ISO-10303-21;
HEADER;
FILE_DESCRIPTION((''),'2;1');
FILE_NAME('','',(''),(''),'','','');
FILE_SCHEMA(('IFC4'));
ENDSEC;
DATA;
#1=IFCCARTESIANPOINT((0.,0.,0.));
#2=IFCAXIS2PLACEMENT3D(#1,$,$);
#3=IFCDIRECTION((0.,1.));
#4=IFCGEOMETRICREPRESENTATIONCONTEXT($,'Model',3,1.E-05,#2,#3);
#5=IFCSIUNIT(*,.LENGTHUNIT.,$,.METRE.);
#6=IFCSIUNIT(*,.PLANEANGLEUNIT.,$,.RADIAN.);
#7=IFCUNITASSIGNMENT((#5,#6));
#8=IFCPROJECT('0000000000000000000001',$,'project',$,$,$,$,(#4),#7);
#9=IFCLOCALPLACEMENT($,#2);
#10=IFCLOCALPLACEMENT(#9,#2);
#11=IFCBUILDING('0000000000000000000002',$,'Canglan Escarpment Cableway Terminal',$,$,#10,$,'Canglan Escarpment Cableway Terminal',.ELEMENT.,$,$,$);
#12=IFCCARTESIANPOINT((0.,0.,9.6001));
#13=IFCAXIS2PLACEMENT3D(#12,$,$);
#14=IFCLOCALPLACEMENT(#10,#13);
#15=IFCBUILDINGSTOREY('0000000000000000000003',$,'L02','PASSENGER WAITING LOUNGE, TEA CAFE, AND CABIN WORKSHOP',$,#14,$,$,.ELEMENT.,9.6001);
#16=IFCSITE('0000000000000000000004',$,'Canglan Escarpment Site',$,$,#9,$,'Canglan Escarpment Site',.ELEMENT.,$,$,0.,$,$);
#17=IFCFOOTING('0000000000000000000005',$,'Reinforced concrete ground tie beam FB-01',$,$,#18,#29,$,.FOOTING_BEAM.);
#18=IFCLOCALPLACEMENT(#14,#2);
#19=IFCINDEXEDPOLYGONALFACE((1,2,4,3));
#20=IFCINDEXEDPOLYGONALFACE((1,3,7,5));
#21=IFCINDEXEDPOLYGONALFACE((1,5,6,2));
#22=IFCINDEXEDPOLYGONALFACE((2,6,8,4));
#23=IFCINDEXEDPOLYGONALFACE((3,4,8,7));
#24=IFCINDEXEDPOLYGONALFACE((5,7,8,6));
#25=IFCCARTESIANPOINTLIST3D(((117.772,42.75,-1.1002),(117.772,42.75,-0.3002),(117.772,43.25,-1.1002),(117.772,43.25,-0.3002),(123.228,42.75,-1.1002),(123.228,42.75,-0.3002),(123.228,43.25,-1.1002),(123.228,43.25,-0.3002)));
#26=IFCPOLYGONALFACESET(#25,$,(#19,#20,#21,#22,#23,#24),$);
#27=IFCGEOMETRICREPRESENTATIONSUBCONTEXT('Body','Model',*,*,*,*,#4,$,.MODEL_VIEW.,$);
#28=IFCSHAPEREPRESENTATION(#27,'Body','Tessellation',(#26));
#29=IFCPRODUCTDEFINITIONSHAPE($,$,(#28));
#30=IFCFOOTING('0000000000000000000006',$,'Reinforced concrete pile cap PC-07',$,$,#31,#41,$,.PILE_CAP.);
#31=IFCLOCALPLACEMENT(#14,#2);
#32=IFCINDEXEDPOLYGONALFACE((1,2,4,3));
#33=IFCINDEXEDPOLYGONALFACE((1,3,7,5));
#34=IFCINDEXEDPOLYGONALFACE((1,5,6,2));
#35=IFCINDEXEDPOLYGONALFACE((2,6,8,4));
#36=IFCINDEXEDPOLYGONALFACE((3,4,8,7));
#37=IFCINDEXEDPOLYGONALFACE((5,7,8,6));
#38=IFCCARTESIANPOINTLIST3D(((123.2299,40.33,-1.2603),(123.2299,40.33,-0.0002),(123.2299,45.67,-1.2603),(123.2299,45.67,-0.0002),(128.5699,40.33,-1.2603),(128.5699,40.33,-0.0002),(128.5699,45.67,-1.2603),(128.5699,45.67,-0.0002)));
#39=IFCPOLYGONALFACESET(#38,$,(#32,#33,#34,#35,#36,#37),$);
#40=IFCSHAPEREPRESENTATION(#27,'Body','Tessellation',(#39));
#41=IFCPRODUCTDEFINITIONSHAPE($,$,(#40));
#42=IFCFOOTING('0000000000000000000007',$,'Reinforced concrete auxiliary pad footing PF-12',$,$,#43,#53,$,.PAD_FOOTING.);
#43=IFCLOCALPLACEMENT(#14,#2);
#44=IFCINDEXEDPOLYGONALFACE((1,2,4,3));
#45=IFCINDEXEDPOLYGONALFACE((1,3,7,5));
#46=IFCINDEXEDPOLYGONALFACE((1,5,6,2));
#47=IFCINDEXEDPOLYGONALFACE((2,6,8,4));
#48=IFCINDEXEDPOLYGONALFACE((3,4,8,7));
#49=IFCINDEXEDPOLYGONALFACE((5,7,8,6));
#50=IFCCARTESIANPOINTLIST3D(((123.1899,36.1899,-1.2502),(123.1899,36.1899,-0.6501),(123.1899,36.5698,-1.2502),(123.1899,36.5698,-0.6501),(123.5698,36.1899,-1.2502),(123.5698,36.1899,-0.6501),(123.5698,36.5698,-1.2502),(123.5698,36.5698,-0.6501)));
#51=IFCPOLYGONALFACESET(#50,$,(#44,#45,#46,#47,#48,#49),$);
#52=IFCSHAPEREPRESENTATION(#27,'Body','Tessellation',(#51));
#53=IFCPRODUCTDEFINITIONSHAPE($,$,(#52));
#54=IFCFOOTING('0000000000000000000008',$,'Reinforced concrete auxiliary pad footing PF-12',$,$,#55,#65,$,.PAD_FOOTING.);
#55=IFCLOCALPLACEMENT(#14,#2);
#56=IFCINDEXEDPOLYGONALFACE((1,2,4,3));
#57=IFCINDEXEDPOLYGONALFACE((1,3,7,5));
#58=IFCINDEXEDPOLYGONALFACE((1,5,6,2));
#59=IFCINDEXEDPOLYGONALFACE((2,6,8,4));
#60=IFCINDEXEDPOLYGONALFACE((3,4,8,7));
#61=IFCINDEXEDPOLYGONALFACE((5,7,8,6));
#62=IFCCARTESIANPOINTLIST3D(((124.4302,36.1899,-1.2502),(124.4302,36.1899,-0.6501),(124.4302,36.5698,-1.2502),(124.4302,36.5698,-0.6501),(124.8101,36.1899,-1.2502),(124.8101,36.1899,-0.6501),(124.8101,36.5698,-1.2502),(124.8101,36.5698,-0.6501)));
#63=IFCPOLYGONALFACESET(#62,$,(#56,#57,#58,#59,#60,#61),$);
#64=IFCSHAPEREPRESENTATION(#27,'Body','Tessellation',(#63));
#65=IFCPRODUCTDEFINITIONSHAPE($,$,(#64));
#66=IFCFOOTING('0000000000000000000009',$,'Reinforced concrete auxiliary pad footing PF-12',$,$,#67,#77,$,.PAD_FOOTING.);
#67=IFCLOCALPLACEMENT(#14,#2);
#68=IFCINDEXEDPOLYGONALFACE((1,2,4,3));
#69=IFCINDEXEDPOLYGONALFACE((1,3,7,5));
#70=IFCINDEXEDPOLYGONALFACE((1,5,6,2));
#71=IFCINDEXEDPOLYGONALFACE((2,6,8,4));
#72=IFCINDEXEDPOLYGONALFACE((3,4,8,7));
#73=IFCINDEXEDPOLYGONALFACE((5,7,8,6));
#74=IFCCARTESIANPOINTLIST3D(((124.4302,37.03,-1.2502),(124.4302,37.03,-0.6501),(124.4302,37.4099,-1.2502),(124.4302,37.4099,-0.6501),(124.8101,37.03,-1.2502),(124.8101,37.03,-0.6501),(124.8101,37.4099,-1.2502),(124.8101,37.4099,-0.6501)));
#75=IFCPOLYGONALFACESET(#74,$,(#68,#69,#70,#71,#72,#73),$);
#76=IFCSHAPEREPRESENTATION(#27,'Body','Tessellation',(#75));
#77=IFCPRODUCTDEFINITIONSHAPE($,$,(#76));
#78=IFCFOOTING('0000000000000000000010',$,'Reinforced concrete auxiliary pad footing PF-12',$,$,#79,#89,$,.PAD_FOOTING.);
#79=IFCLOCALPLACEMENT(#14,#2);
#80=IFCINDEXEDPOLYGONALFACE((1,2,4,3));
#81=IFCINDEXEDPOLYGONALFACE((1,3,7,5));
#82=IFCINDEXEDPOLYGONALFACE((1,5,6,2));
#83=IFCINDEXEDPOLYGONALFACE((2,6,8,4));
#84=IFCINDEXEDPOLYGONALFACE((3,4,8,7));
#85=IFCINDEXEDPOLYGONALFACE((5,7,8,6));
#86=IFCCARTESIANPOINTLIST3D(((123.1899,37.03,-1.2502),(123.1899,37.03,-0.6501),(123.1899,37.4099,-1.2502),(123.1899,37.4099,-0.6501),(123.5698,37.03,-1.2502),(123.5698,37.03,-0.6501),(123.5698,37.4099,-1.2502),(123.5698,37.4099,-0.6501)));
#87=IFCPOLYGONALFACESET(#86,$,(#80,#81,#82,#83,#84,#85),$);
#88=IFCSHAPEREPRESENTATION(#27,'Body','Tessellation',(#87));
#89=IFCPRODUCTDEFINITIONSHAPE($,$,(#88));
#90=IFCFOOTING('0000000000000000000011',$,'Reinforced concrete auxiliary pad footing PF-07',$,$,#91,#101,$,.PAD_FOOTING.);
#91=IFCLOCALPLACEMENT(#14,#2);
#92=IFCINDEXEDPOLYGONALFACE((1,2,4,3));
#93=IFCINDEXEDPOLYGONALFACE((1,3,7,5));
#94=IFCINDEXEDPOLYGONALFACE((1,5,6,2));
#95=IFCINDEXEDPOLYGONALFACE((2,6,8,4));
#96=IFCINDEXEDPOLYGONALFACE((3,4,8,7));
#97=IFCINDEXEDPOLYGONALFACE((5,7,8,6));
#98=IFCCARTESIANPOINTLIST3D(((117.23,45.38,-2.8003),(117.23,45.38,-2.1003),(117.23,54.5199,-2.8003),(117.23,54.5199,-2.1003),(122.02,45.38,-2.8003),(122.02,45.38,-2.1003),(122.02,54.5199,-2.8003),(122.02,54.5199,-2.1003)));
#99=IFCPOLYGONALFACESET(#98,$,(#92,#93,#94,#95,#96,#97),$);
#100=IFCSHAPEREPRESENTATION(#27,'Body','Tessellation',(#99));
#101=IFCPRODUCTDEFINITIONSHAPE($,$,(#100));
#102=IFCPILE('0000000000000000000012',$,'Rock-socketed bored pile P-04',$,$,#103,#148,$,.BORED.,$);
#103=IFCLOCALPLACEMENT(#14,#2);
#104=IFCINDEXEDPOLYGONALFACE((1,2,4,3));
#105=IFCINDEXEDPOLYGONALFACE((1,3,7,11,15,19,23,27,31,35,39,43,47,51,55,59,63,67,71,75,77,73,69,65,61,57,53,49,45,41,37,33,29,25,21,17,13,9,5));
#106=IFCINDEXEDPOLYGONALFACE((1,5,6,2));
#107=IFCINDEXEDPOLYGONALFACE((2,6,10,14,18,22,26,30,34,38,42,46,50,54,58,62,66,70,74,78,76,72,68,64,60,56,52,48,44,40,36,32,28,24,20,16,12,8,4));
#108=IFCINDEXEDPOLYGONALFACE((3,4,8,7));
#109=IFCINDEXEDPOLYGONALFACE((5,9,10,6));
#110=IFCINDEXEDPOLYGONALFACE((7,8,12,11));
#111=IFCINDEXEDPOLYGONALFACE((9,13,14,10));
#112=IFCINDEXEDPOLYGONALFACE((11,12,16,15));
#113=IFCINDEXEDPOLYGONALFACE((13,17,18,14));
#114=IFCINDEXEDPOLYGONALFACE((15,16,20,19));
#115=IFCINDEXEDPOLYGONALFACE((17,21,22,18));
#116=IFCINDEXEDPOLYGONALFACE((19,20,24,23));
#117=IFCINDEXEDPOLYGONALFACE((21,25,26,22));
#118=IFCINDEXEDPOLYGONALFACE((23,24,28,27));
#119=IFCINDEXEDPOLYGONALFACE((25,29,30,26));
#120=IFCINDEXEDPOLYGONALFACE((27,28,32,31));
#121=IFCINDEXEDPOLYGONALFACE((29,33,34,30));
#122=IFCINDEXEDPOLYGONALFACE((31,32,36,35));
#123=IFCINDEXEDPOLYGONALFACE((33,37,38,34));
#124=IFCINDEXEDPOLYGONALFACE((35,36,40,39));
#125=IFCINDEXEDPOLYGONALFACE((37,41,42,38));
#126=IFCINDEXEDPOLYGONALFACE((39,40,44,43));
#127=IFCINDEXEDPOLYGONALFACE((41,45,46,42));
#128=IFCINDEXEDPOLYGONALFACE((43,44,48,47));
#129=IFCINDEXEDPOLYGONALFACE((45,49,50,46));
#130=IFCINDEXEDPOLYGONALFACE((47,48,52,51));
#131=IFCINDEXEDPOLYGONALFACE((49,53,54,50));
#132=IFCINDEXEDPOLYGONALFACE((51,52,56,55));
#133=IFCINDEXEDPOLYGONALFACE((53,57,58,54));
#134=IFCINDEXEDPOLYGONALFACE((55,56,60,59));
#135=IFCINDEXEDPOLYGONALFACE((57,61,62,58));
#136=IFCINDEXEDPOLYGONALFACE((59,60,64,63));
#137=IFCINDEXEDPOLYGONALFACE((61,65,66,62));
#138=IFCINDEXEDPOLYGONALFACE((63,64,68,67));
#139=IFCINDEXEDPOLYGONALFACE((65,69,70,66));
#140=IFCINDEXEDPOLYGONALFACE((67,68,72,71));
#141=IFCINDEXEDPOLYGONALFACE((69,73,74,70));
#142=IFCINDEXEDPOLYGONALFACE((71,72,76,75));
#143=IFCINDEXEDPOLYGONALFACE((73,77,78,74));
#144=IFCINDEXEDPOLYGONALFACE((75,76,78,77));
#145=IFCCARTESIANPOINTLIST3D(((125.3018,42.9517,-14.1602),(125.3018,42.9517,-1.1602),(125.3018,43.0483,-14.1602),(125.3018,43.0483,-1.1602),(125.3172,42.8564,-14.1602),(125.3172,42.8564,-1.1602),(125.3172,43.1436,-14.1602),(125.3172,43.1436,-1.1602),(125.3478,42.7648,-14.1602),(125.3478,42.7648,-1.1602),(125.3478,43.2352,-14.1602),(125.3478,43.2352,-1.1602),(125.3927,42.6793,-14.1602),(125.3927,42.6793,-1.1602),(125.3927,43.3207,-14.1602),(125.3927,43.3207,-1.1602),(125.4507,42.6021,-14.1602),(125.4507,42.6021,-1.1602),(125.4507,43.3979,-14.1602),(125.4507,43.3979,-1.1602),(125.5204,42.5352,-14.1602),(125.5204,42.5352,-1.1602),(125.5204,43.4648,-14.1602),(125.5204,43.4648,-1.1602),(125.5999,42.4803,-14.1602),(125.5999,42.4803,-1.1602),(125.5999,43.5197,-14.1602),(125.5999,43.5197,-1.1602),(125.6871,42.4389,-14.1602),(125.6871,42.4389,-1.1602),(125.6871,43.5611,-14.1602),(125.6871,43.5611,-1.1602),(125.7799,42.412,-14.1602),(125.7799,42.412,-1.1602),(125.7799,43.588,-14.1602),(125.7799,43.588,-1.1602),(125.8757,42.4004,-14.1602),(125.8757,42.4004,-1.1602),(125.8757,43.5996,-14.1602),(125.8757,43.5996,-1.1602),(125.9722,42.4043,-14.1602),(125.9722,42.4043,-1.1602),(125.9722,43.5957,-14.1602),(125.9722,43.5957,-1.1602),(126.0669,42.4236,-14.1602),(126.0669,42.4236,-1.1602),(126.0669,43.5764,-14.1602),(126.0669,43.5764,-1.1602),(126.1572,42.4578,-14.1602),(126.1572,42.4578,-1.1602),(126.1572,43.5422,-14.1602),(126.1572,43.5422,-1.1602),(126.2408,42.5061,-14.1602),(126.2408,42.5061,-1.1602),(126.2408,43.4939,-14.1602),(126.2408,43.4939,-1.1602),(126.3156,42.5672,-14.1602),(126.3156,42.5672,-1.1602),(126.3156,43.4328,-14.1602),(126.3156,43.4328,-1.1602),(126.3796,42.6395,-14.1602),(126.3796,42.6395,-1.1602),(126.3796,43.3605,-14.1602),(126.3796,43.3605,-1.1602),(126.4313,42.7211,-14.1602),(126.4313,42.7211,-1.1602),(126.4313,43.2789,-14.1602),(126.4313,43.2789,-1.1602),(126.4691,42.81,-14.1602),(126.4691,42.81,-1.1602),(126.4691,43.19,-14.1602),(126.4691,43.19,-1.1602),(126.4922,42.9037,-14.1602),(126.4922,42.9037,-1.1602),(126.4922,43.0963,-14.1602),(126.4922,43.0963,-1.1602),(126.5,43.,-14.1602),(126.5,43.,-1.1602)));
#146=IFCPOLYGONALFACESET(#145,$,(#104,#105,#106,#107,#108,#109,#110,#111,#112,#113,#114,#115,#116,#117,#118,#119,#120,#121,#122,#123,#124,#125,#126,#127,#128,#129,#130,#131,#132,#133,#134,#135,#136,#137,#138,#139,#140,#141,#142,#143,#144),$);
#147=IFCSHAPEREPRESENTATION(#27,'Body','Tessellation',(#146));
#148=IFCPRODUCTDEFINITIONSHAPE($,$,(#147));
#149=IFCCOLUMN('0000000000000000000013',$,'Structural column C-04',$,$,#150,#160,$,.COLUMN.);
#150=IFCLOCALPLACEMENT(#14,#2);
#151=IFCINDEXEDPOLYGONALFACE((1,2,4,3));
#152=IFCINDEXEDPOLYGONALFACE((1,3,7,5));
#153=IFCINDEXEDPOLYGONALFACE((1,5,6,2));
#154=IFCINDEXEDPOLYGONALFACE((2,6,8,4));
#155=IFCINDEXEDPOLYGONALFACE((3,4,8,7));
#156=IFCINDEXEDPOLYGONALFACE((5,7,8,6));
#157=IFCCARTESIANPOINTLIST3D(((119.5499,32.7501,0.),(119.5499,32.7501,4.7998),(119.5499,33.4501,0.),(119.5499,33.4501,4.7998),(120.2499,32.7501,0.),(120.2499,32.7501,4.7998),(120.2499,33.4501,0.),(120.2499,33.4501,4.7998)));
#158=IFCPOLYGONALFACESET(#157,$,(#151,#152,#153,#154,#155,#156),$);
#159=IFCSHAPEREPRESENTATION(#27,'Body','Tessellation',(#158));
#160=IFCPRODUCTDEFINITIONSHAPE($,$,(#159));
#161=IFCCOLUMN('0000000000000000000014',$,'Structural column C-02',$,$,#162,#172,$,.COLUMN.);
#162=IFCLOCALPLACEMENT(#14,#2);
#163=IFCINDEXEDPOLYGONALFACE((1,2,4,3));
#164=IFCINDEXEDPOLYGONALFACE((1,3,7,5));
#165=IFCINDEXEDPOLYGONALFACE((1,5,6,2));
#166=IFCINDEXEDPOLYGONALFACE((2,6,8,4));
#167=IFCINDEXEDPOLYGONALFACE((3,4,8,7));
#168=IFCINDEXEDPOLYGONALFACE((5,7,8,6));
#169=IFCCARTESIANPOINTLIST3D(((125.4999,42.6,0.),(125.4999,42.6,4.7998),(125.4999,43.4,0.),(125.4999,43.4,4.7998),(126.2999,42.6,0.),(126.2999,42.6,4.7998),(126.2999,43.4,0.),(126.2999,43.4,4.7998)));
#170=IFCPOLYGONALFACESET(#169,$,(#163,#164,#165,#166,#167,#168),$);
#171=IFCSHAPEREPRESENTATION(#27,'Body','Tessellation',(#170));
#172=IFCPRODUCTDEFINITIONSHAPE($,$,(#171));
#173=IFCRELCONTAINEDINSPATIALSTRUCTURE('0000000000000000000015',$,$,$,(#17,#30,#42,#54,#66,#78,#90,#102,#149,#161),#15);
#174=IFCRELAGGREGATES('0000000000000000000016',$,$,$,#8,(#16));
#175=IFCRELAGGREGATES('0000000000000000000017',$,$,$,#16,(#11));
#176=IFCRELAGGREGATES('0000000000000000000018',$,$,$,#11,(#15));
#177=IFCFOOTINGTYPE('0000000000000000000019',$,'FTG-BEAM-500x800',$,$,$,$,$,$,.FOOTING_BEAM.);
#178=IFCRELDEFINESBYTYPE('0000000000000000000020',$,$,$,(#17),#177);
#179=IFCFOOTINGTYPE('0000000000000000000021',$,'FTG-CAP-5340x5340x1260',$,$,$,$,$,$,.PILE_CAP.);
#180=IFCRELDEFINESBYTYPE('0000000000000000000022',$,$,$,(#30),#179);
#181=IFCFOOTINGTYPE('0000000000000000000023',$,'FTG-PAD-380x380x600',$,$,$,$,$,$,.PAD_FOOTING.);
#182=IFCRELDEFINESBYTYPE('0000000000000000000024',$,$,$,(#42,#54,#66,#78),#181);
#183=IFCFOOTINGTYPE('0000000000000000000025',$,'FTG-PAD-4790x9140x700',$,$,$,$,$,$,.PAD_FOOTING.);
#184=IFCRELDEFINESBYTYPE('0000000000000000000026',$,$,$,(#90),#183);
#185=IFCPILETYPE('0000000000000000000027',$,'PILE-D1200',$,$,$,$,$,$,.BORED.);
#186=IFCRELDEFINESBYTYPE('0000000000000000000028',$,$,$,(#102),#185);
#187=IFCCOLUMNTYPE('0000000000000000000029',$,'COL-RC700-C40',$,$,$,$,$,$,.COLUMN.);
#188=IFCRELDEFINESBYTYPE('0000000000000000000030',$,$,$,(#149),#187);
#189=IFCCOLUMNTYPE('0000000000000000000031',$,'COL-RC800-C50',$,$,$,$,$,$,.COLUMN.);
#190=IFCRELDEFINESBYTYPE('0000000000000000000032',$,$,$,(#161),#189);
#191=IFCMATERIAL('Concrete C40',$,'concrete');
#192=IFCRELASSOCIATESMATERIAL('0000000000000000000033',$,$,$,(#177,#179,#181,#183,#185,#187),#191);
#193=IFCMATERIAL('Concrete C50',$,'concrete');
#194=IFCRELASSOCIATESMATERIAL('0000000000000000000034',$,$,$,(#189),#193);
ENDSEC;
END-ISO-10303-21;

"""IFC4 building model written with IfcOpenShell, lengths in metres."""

from ifc_helpers import new_model, si_unit, direction, frame, origin, origin_2d, place, context, subcontext, project, spatial, rectangle, circle, extrude, material, material_profile, profile_set, type_object, element, save


model = new_model("IFC4")

# Units and contexts
model_context = context("Model", 3, precision=1e-05, world=origin(), true_north=direction((0.0, 1.0)))
body_context = subcontext(model_context, "Body", "Model", "MODEL_VIEW")
ifc_project = project(units=[si_unit("LENGTHUNIT", "METRE"), si_unit("PLANEANGLEUNIT", "RADIAN")], contexts=[model_context])

# Site, building, storey
site_placement = place(None, origin())
site = spatial("IfcSite", under=ifc_project, at=site_placement, Name="Canglan Escarpment Site", LongName="Canglan Escarpment Site", CompositionType="ELEMENT", RefElevation=0.0)
building_placement = place(site_placement, origin())
building = spatial("IfcBuilding", under=site, at=building_placement, Name="Canglan Escarpment Cableway Terminal", LongName="Canglan Escarpment Cableway Terminal", CompositionType="ELEMENT")
storey_placement = place(building_placement, frame((0.0, 0.0, 9.6001)))
storey = spatial("IfcBuildingStorey", under=building, at=storey_placement, Name="L02", Description="PASSENGER WAITING LOUNGE, TEA CAFE, AND CABIN WORKSHOP", CompositionType="ELEMENT", Elevation=9.6001)

# Footings
ifc_material_1 = material(Name="Concrete C40", Category="concrete")
ifc_material_profile_1 = material_profile(ifc_material_1, rectangle(XDim=0.5, YDim=0.8, at=origin_2d()), Name="FB 500x800")
ifc_profile_set_1 = profile_set([ifc_material_profile_1], Name="Concrete C40")
footing_type_1 = type_object("IfcFootingType", Name="FTG-BEAM-500x800", PredefinedType="FOOTING_BEAM", material=ifc_profile_set_1)
footing_1_placement = place(storey_placement, frame((117.772, 43.0, -0.7002), z_axis=(1.0, 0.0, 0.0), x_axis=(0.0, 1.0, 0.0)))
element("IfcFooting", 1, at=footing_1_placement, inside=storey, type_object=footing_type_1, Name="Reinforced concrete ground tie beam FB-01", PredefinedType="FOOTING_BEAM", context=body_context, shape_type="SweptSolid", body=[
    extrude(rectangle(XDim=0.5, YDim=0.8, at=origin_2d()), origin(), (0.0, 0.0, 1.0), 5.4561),
])
footing_type_2 = type_object("IfcFootingType", Name="FTG-CAP-5340x5340x1260", PredefinedType="PILE_CAP", material=ifc_material_1)
footing_2_placement = place(storey_placement, frame((125.8999, 43.0, -1.2603), z_axis=(0.0, 0.0, 1.0), x_axis=(1.0, 0.0, 0.0)))
element("IfcFooting", 2, at=footing_2_placement, inside=storey, type_object=footing_type_2, Name="Reinforced concrete pile cap PC-07", PredefinedType="PILE_CAP", context=body_context, shape_type="SweptSolid", body=[
    extrude(rectangle(XDim=5.3401, YDim=5.3401, at=origin_2d()), origin(), (0.0, 0.0, 1.0), 1.26),
])
footing_type_3 = type_object("IfcFootingType", Name="FTG-PAD-380x380x600", PredefinedType="PAD_FOOTING", material=ifc_material_1)
for number, where, z_axis, x_axis, name in (
    (3, (123.3799, 36.3799, -1.2502), (0.0, 0.0, 1.0), (1.0, 0.0, 0.0), "Reinforced concrete auxiliary pad footing PF-12"),
    (4, (124.6201, 36.3799, -1.2502), (0.0, 0.0, 1.0), (1.0, 0.0, 0.0), "Reinforced concrete auxiliary pad footing PF-12"),
    (5, (124.6201, 37.22, -1.2502), (0.0, 0.0, 1.0), (1.0, 0.0, 0.0), "Reinforced concrete auxiliary pad footing PF-12"),
    (6, (123.3799, 37.22, -1.2502), (0.0, 0.0, 1.0), (1.0, 0.0, 0.0), "Reinforced concrete auxiliary pad footing PF-12"),
):
    element("IfcFooting", number, at=place(storey_placement, frame(where, z_axis=z_axis, x_axis=x_axis)), inside=storey, type_object=footing_type_3, Name=name, PredefinedType="PAD_FOOTING", context=body_context, shape_type="SweptSolid", body=[
        extrude(rectangle(XDim=0.3799, YDim=0.3799, at=origin_2d()), origin(), (0.0, 0.0, 1.0), 0.6001),
    ])
footing_type_4 = type_object("IfcFootingType", Name="FTG-PAD-4790x9140x700", PredefinedType="PAD_FOOTING", material=ifc_material_1)
footing_3_placement = place(storey_placement, frame((119.625, 49.95, -2.8003), z_axis=(0.0, 0.0, 1.0), x_axis=(1.0, 0.0, 0.0)))
element("IfcFooting", 7, at=footing_3_placement, inside=storey, type_object=footing_type_4, Name="Reinforced concrete auxiliary pad footing PF-07", PredefinedType="PAD_FOOTING", context=body_context, shape_type="SweptSolid", body=[
    extrude(rectangle(XDim=4.79, YDim=9.1399, at=origin_2d()), origin(), (0.0, 0.0, 1.0), 0.7),
])

# Pile
ifc_material_profile_2 = material_profile(ifc_material_1, circle(Radius=0.6001, at=origin_2d()), Name="BORED PILE D1200")
ifc_profile_set_2 = profile_set([ifc_material_profile_2], Name="Concrete C40")
pile_type = type_object("IfcPileType", Name="PILE-D1200", PredefinedType="BORED", material=ifc_profile_set_2)
pile_placement = place(storey_placement, frame((125.8999, 43.0, -1.1602), z_axis=(0.0, 0.0, -1.0), x_axis=(1.0, 0.0, 0.0)))
element("IfcPile", 8, at=pile_placement, inside=storey, type_object=pile_type, Name="Rock-socketed bored pile P-04", PredefinedType="BORED", context=body_context, shape_type="SweptSolid", body=[
    extrude(circle(Radius=0.6001, at=origin_2d()), origin(), (0.0, 0.0, 1.0), 13.0),
])

# Columns
ifc_material_profile_3 = material_profile(ifc_material_1, rectangle(XDim=0.7, YDim=0.7, at=origin_2d()), Name="RC 700x700")
ifc_profile_set_3 = profile_set([ifc_material_profile_3], Name="Concrete C40")
column_type_1 = type_object("IfcColumnType", Name="COL-RC700-C40", PredefinedType="COLUMN", material=ifc_profile_set_3)
column_1_placement = place(storey_placement, frame((119.8999, 33.1001, 0.0), z_axis=(0.0, 0.0, 1.0), x_axis=(1.0, 0.0, 0.0)))
element("IfcColumn", 9, at=column_1_placement, inside=storey, type_object=column_type_1, Name="Structural column C-04", PredefinedType="COLUMN", context=body_context, shape_type="SweptSolid", body=[
    extrude(rectangle(XDim=0.7, YDim=0.7, at=origin_2d()), origin(), (0.0, 0.0, 1.0), 4.7998),
])
ifc_material_2 = material(Name="Concrete C50", Category="concrete")
ifc_material_profile_4 = material_profile(ifc_material_2, rectangle(XDim=0.8, YDim=0.8, at=origin_2d()), Name="RC 800x800")
ifc_profile_set_4 = profile_set([ifc_material_profile_4], Name="Concrete C50")
column_type_2 = type_object("IfcColumnType", Name="COL-RC800-C50", PredefinedType="COLUMN", material=ifc_profile_set_4)
column_2_placement = place(storey_placement, frame((125.8999, 43.0, 0.0), z_axis=(0.0, 0.0, 1.0), x_axis=(1.0, 0.0, 0.0)))
element("IfcColumn", 10, at=column_2_placement, inside=storey, type_object=column_type_2, Name="Structural column C-02", PredefinedType="COLUMN", context=body_context, shape_type="SweptSolid", body=[
    extrude(rectangle(XDim=0.8, YDim=0.8, at=origin_2d()), origin(), (0.0, 0.0, 1.0), 4.7998),
])

save(model, "model.ifc")
